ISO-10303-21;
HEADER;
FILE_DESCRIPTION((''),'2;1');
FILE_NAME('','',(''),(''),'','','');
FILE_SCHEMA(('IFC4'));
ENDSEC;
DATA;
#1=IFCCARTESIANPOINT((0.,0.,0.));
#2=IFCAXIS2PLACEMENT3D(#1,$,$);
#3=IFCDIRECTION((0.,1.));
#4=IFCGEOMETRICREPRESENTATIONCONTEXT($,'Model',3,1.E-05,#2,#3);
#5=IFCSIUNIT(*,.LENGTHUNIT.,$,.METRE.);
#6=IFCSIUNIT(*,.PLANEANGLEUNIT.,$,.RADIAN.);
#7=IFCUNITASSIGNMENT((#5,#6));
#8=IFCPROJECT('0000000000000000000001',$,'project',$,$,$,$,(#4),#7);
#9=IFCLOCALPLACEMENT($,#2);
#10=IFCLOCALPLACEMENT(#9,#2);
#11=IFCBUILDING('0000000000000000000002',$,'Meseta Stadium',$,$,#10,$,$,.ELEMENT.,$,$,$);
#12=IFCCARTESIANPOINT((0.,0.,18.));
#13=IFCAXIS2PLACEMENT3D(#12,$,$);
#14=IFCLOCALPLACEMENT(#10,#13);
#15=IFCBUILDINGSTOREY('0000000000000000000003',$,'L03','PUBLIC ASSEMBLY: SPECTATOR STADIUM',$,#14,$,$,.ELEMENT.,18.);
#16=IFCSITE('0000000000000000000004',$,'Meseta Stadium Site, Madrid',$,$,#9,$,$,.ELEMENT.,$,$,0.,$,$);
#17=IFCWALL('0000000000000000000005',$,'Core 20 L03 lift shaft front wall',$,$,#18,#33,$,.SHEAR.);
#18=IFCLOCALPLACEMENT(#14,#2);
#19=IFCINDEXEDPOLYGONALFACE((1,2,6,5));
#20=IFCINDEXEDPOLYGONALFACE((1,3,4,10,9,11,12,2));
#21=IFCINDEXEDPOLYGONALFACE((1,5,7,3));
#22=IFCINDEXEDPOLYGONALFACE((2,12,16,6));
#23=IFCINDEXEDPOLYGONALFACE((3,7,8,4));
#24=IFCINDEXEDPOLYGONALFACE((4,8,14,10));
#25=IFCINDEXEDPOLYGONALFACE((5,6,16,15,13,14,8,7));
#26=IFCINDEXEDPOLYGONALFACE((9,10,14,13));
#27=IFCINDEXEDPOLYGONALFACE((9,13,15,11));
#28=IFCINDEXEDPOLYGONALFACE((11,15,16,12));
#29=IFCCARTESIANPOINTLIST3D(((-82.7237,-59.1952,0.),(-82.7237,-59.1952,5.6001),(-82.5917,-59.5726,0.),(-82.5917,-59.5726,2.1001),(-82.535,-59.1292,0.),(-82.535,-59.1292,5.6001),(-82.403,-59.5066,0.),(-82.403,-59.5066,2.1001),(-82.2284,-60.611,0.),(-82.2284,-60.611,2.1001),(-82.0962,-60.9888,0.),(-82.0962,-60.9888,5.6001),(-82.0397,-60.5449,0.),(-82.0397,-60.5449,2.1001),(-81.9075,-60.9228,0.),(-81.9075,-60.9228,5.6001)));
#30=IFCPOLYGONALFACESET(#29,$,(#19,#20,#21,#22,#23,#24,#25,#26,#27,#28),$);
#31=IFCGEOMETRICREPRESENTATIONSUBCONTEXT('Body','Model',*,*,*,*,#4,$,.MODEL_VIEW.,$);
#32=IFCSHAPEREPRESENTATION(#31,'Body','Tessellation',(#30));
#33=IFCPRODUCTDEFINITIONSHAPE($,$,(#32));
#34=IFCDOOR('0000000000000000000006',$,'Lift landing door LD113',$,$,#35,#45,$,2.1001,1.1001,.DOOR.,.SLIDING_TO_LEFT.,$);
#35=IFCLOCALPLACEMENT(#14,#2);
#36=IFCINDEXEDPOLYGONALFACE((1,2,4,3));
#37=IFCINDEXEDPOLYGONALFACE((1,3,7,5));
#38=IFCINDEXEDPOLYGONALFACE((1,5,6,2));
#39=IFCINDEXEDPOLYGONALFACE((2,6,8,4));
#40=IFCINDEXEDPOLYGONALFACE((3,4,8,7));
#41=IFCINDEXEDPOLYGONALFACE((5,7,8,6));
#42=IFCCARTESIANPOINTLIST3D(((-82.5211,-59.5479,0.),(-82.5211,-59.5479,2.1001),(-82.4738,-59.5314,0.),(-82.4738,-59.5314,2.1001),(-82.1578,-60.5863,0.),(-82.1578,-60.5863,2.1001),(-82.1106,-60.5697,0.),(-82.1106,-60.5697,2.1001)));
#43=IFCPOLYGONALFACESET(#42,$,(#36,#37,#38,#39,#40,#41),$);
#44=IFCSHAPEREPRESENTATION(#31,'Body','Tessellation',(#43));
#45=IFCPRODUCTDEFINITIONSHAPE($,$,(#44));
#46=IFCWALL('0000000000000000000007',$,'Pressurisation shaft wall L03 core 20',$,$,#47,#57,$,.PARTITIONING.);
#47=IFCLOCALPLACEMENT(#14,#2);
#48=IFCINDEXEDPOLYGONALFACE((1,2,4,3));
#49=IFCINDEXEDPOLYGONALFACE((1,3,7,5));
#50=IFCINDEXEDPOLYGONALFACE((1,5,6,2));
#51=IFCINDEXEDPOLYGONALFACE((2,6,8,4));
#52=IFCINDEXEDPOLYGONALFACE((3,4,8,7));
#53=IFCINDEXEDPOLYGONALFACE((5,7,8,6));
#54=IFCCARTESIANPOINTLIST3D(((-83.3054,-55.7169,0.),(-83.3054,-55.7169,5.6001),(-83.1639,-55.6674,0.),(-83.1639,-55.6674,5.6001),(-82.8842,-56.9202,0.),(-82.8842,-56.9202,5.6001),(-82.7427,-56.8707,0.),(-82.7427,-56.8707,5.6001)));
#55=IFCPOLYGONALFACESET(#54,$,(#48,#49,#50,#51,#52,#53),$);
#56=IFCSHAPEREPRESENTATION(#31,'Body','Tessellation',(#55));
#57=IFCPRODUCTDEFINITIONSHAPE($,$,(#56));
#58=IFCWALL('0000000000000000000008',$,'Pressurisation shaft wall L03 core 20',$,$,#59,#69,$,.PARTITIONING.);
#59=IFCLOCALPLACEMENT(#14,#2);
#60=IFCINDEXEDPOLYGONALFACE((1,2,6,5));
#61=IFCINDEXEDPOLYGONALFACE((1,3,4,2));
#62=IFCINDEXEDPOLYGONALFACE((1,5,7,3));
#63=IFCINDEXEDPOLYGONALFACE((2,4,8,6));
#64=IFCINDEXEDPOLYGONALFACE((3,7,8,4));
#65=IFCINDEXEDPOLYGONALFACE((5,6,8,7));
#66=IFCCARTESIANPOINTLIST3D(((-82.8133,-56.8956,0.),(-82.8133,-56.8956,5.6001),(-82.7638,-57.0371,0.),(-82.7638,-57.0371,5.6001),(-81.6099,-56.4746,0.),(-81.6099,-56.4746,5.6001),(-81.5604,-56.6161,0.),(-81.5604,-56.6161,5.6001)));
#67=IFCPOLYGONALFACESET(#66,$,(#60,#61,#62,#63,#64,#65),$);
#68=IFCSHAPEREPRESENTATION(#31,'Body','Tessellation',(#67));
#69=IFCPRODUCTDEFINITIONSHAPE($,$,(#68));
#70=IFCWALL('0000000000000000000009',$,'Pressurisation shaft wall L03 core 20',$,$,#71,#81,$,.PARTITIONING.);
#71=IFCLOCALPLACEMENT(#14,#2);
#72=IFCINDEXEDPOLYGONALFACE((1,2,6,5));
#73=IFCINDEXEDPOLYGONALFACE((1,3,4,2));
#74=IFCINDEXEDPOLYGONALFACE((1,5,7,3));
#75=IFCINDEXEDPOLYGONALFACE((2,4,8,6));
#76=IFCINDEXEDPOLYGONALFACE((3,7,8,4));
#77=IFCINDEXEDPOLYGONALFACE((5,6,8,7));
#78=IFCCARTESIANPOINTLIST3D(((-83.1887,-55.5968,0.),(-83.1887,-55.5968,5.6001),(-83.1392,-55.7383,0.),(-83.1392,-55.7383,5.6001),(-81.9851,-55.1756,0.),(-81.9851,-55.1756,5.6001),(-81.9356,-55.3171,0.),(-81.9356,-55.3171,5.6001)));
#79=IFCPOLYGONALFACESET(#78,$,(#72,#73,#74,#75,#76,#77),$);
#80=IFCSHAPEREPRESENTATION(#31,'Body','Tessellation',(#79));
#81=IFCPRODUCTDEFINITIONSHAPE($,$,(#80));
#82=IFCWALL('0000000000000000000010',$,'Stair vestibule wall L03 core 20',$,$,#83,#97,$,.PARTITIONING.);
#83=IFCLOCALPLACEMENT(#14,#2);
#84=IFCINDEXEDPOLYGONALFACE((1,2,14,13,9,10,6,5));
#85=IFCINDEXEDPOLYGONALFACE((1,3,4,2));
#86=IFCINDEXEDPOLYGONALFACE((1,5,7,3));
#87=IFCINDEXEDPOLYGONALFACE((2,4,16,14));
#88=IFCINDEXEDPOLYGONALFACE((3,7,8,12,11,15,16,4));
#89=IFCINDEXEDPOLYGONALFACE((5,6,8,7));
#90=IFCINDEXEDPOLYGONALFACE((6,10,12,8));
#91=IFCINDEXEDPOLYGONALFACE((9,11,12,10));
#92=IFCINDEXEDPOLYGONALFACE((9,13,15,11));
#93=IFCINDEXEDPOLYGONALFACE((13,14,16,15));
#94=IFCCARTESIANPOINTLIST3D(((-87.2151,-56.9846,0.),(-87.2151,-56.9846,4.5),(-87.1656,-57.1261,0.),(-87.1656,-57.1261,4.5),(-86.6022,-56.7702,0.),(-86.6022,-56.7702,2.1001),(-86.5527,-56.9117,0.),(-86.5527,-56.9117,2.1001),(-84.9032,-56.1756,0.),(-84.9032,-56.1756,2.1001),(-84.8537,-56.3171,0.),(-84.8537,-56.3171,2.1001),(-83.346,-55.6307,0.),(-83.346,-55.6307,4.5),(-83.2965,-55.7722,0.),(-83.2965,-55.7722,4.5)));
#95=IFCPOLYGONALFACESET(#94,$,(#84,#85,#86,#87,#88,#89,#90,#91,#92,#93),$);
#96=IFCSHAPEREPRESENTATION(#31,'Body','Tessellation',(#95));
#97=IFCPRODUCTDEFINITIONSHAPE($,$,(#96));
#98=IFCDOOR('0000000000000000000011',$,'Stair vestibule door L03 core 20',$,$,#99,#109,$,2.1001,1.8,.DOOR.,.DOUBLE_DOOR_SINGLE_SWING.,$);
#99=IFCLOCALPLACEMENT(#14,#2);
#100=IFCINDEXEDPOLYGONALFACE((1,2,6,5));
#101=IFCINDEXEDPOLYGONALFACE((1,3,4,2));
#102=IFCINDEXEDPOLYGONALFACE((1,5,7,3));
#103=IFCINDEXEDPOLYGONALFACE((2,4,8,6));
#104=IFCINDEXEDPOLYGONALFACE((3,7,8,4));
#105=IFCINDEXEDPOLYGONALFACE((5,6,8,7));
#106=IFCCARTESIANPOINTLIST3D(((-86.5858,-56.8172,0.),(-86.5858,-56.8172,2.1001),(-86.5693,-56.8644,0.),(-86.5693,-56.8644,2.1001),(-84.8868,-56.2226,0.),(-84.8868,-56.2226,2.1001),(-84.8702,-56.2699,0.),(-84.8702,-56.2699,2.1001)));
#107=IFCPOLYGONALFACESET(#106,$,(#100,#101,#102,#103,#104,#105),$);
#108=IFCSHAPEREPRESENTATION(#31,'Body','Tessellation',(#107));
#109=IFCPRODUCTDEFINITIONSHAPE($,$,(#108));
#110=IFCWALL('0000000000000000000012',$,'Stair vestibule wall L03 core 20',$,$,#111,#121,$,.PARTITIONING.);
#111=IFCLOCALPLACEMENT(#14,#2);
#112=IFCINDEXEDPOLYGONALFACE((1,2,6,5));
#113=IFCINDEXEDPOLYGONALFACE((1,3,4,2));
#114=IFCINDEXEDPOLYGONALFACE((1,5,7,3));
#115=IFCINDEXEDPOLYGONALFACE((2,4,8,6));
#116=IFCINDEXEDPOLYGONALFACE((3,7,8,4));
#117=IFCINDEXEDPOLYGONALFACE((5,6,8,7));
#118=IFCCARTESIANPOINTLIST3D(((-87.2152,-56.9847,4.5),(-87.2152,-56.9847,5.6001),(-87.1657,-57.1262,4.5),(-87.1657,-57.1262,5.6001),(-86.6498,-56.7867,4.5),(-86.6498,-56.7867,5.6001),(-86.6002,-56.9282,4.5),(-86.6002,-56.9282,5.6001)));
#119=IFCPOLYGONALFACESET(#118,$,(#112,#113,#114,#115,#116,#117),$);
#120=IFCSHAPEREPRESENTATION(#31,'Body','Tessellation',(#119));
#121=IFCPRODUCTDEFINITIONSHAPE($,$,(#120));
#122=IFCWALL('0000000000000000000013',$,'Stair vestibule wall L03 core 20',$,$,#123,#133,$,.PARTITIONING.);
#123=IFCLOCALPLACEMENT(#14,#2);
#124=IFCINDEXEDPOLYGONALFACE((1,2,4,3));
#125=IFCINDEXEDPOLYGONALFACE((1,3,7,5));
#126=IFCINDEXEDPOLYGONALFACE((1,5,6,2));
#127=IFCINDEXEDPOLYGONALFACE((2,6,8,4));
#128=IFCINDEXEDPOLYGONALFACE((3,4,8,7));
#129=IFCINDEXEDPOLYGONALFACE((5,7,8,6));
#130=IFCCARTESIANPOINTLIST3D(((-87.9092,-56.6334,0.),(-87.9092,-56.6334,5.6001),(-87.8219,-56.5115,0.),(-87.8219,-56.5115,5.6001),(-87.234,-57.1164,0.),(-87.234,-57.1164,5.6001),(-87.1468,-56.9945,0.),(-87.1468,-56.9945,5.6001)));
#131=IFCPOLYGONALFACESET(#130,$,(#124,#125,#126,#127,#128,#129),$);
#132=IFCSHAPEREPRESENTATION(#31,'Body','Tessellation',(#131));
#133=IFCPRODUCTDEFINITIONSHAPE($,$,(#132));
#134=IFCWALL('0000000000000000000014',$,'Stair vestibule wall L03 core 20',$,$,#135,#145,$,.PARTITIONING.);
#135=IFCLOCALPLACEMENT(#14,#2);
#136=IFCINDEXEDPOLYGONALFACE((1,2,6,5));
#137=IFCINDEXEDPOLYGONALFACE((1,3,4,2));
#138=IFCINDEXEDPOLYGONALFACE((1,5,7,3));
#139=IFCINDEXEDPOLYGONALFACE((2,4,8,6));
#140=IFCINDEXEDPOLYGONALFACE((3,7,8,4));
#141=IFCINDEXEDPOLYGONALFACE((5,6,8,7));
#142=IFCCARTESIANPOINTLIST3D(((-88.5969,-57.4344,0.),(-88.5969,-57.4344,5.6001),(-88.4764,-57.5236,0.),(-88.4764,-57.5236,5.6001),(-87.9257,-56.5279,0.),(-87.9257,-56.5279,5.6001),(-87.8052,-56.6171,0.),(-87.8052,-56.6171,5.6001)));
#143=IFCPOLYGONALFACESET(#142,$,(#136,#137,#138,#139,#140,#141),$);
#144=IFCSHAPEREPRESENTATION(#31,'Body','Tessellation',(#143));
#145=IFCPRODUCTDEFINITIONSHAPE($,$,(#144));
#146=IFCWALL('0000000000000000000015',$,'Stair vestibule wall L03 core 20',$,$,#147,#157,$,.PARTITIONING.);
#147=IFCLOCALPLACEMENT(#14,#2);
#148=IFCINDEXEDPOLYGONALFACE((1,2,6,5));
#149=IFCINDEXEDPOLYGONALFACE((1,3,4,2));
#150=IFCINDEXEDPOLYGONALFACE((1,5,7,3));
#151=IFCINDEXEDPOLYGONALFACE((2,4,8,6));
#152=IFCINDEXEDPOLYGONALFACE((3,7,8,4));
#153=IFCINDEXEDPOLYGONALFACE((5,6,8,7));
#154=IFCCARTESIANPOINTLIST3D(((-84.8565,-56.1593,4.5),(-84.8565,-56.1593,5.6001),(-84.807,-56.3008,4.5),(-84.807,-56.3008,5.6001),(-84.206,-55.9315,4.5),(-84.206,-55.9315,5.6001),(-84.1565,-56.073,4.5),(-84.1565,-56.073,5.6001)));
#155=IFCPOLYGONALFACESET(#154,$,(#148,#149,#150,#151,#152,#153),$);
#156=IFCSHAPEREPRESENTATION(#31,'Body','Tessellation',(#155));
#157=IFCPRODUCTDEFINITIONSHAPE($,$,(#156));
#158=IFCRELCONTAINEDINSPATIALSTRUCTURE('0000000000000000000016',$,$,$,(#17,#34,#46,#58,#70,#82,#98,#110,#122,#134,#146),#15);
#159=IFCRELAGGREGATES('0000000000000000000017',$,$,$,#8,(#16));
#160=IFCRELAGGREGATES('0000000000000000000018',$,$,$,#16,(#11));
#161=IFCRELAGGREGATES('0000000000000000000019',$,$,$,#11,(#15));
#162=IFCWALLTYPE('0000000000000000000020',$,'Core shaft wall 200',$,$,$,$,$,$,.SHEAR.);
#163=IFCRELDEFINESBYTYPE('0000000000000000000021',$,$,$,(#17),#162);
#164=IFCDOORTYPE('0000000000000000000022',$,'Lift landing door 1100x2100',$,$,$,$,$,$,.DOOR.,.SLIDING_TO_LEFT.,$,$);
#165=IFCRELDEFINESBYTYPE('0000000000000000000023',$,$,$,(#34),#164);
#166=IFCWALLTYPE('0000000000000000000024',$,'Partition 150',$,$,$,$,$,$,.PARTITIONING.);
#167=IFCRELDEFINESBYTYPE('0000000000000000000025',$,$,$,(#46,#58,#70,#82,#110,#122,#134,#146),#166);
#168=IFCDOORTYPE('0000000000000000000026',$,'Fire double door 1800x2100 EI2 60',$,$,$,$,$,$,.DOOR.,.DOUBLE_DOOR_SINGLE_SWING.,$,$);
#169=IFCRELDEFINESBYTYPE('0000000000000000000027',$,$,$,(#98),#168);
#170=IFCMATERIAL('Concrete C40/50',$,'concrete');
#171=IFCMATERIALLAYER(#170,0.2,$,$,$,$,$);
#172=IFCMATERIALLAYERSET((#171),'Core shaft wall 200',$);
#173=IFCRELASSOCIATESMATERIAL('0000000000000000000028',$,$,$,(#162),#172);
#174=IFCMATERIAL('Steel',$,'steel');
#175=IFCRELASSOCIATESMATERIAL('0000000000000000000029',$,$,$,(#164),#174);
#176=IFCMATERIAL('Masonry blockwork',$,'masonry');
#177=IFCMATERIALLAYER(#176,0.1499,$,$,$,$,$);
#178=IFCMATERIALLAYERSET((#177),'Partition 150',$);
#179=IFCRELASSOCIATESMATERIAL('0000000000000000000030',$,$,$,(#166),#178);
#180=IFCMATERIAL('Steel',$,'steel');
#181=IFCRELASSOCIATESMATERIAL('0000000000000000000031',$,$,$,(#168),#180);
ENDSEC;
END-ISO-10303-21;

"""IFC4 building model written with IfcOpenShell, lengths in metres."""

from ifc_helpers import new_model, si_unit, direction, frame, frame_2d, origin, place, context, subcontext, project, spatial, rectangle, extrude, material, layer, layer_set, type_object, element, fill, save


model = new_model("IFC4")

# Units and contexts
model_context = context("Model", 3, precision=1e-05, world=origin(), true_north=direction((0.0, 1.0)))
body_context = subcontext(model_context, "Body", "Model", "MODEL_VIEW")
ifc_project = project(units=[si_unit("LENGTHUNIT", "METRE"), si_unit("PLANEANGLEUNIT", "RADIAN")], contexts=[model_context])

# Site, building, storey
site_placement = place(None, origin())
site = spatial("IfcSite", under=ifc_project, at=site_placement, Name="Meseta Stadium Site, Madrid", CompositionType="ELEMENT", RefElevation=0.0)
building_placement = place(site_placement, origin())
building = spatial("IfcBuilding", under=site, at=building_placement, Name="Meseta Stadium", CompositionType="ELEMENT")
storey_placement = place(building_placement, frame((0.0, 0.0, 18.0)))
storey = spatial("IfcBuildingStorey", under=building, at=storey_placement, Name="L03", Description="PUBLIC ASSEMBLY: SPECTATOR STADIUM", CompositionType="ELEMENT", Elevation=18.0)

# Shared definitions
ifc_material_1 = material(Name="Concrete C40/50", Category="concrete")
ifc_layer_1 = layer(ifc_material_1, 0.2)
ifc_layer_set_1 = layer_set([ifc_layer_1], Name="Core shaft wall 200")
wall_type_1 = type_object("IfcWallType", Name="Core shaft wall 200", PredefinedType="SHEAR", material=ifc_layer_set_1)

# Wall, opening, door
wall_1_placement = place(storey_placement, frame((-82.6294, -59.1621, 0.0), z_axis=(0.0, 0.0, 1.0), x_axis=(0.330225, -0.943902, 0.0)))
wall_1 = element("IfcWall", 1, at=wall_1_placement, inside=storey, type_object=wall_type_1, Name="Core 20 L03 lift shaft front wall", PredefinedType="SHEAR", context=body_context, shape_type="SweptSolid", body=[
    extrude(rectangle(XDim=1.9001, YDim=0.2, at=frame_2d((0.9502, 0.0))), origin(), (0.0, 0.0, 1.0), 5.6001),
])
opening_1_placement = place(wall_1_placement, frame((0.3999, 0.0, 0.0)))
opening_1 = element("IfcOpeningElement", 2, at=opening_1_placement, cuts=wall_1, PredefinedType="OPENING", context=body_context, shape_type="SweptSolid", body=[
    extrude(rectangle(XDim=1.1001, YDim=2.1001, at=frame_2d((0.55, 1.05))), frame((0.0, 0.1099, 0.0), z_axis=(0.0, -1.0, 0.0), x_axis=(1.0, 0.0, 0.0)), (0.0, 0.0, 1.0), 0.22),
])
ifc_material_2 = material(Name="Steel", Category="steel")
door_type_1 = type_object("IfcDoorType", Name="Lift landing door 1100x2100", OperationType="SLIDING_TO_LEFT", PredefinedType="DOOR", material=ifc_material_2)
door_1_placement = place(opening_1_placement, origin())
door_1 = element("IfcDoor", 3, at=door_1_placement, inside=storey, type_object=door_type_1, Name="Lift landing door LD113", OperationType="SLIDING_TO_LEFT", OverallHeight=2.1001, OverallWidth=1.1001, PredefinedType="DOOR", context=body_context, shape_type="SweptSolid", body=[
    extrude(rectangle(XDim=1.1001, YDim=2.1001, at=frame_2d((0.55, 1.05))), frame((0.0, 0.0249, 0.0), z_axis=(0.0, -1.0, 0.0), x_axis=(1.0, 0.0, 0.0)), (0.0, 0.0, 1.0), 0.05),
])
fill(opening_1, door_1)

# Walls
ifc_material_3 = material(Name="Masonry blockwork", Category="masonry")
ifc_layer_2 = layer(ifc_material_3, 0.1499)
ifc_layer_set_2 = layer_set([ifc_layer_2], Name="Partition 150")
wall_type_2 = type_object("IfcWallType", Name="Partition 150", PredefinedType="PARTITIONING", material=ifc_layer_set_2)
for number, where, z_axis, x_axis, name in (
    (4, (-83.2346, -55.6921, 0.0), (0.0, 0.0, 1.0), (0.330325, -0.943867, 0.0), "Pressurisation shaft wall L03 core 20"),
    (5, (-82.7886, -56.9663, 0.0), (0.0, 0.0, 1.0), (0.943927, 0.330154, 0.0), "Pressurisation shaft wall L03 core 20"),
):
    element("IfcWall", number, at=place(storey_placement, frame(where, z_axis=z_axis, x_axis=x_axis)), inside=storey, type_object=wall_type_2, Name=name, PredefinedType="PARTITIONING", context=body_context, shape_type="SweptSolid", body=[
        extrude(rectangle(XDim=1.2749, YDim=0.1499, at=frame_2d((0.6375, 0.0))), origin(), (0.0, 0.0, 1.0), 5.6001),
    ])
wall_2_placement = place(storey_placement, frame((-81.9602, -55.2463, 0.0), z_axis=(0.0, 0.0, 1.0), x_axis=(-0.943888, -0.330265, 0.0)))
element("IfcWall", 6, at=wall_2_placement, inside=storey, type_object=wall_type_2, Name="Pressurisation shaft wall L03 core 20", PredefinedType="PARTITIONING", context=body_context, shape_type="SweptSolid", body=[
    extrude(rectangle(XDim=1.2751, YDim=0.1499, at=frame_2d((0.6377, 0.0))), origin(), (0.0, 0.0, 1.0), 5.6001),
])

# Wall, opening, door
wall_3_placement = place(storey_placement, frame((-83.3213, -55.7014, 0.0), z_axis=(0.0, 0.0, 1.0), x_axis=(-0.943873, -0.330308, 0.0)))
wall_3 = element("IfcWall", 7, at=wall_3_placement, inside=storey, type_object=wall_type_2, Name="Stair vestibule wall L03 core 20", PredefinedType="PARTITIONING", context=body_context, shape_type="SweptSolid", body=[
    extrude(rectangle(XDim=4.0991, YDim=0.1499, at=frame_2d((2.0496, 0.0))), origin(), (0.0, 0.0, 1.0), 4.5),
])
opening_2_placement = place(wall_3_placement, frame((1.6499, 0.0, 0.0)))
opening_2 = element("IfcOpeningElement", 8, at=opening_2_placement, cuts=wall_3, PredefinedType="OPENING", context=body_context, shape_type="SweptSolid", body=[
    extrude(rectangle(XDim=1.8, YDim=2.1001, at=frame_2d((0.8999, 1.05))), frame((0.0, 0.085, 0.0), z_axis=(0.0, -1.0, 0.0), x_axis=(1.0, 0.0, 0.0)), (0.0, 0.0, 1.0), 0.1699),
])
ifc_material_4 = material(Name="Steel", Category="steel")
door_type_2 = type_object("IfcDoorType", Name="Fire double door 1800x2100 EI2 60", OperationType="DOUBLE_DOOR_SINGLE_SWING", PredefinedType="DOOR", material=ifc_material_4)
door_2_placement = place(opening_2_placement, origin())
door_2 = element("IfcDoor", 9, at=door_2_placement, inside=storey, type_object=door_type_2, Name="Stair vestibule door L03 core 20", OperationType="DOUBLE_DOOR_SINGLE_SWING", OverallHeight=2.1001, OverallWidth=1.8, PredefinedType="DOOR", context=body_context, shape_type="SweptSolid", body=[
    extrude(rectangle(XDim=1.8, YDim=2.1001, at=frame_2d((0.8999, 1.05))), frame((0.0, 0.0249, 0.0), z_axis=(0.0, -1.0, 0.0), x_axis=(1.0, 0.0, 0.0)), (0.0, 0.0, 1.0), 0.05),
])
fill(opening_2, door_2)

# Walls
wall_4_placement = place(storey_placement, frame((-86.625, -56.8574, 4.5), z_axis=(0.0, 0.0, 1.0), x_axis=(-0.943808, -0.330496, 0.0)))
element("IfcWall", 10, at=wall_4_placement, inside=storey, type_object=wall_type_2, Name="Stair vestibule wall L03 core 20", PredefinedType="PARTITIONING", context=body_context, shape_type="SweptSolid", body=[
    extrude(rectangle(XDim=0.5991, YDim=0.1499, at=frame_2d((0.2996, 0.0))), origin(), (0.0, 0.0, 1.0), 1.1001),
])
wall_5_placement = place(storey_placement, frame((-87.1904, -57.0554, 0.0), z_axis=(0.0, 0.0, 1.0), x_axis=(-0.813316, 0.581822, 0.0)))
element("IfcWall", 11, at=wall_5_placement, inside=storey, type_object=wall_type_2, Name="Stair vestibule wall L03 core 20", PredefinedType="PARTITIONING", context=body_context, shape_type="SweptSolid", body=[
    extrude(rectangle(XDim=0.8301, YDim=0.1499, at=frame_2d((0.415, 0.0))), origin(), (0.0, 0.0, 1.0), 5.6001),
])
wall_6_placement = place(storey_placement, frame((-87.8655, -56.5725, 0.0), z_axis=(0.0, 0.0, 1.0), x_axis=(-0.595036, -0.803699, 0.0)))
element("IfcWall", 12, at=wall_6_placement, inside=storey, type_object=wall_type_2, Name="Stair vestibule wall L03 core 20", PredefinedType="PARTITIONING", context=body_context, shape_type="SweptSolid", body=[
    extrude(rectangle(XDim=1.1279, YDim=0.1499, at=frame_2d((0.564, 0.0))), origin(), (0.0, 0.0, 1.0), 5.6001),
])
wall_7_placement = place(storey_placement, frame((-84.1812, -56.0022, 4.5), z_axis=(0.0, 0.0, 1.0), x_axis=(-0.943792, -0.33054, 0.0)))
element("IfcWall", 13, at=wall_7_placement, inside=storey, type_object=wall_type_2, Name="Stair vestibule wall L03 core 20", PredefinedType="PARTITIONING", context=body_context, shape_type="SweptSolid", body=[
    extrude(rectangle(XDim=0.6892, YDim=0.1499, at=frame_2d((0.3447, 0.0))), origin(), (0.0, 0.0, 1.0), 1.1001),
])

save(model, "model.ifc")
